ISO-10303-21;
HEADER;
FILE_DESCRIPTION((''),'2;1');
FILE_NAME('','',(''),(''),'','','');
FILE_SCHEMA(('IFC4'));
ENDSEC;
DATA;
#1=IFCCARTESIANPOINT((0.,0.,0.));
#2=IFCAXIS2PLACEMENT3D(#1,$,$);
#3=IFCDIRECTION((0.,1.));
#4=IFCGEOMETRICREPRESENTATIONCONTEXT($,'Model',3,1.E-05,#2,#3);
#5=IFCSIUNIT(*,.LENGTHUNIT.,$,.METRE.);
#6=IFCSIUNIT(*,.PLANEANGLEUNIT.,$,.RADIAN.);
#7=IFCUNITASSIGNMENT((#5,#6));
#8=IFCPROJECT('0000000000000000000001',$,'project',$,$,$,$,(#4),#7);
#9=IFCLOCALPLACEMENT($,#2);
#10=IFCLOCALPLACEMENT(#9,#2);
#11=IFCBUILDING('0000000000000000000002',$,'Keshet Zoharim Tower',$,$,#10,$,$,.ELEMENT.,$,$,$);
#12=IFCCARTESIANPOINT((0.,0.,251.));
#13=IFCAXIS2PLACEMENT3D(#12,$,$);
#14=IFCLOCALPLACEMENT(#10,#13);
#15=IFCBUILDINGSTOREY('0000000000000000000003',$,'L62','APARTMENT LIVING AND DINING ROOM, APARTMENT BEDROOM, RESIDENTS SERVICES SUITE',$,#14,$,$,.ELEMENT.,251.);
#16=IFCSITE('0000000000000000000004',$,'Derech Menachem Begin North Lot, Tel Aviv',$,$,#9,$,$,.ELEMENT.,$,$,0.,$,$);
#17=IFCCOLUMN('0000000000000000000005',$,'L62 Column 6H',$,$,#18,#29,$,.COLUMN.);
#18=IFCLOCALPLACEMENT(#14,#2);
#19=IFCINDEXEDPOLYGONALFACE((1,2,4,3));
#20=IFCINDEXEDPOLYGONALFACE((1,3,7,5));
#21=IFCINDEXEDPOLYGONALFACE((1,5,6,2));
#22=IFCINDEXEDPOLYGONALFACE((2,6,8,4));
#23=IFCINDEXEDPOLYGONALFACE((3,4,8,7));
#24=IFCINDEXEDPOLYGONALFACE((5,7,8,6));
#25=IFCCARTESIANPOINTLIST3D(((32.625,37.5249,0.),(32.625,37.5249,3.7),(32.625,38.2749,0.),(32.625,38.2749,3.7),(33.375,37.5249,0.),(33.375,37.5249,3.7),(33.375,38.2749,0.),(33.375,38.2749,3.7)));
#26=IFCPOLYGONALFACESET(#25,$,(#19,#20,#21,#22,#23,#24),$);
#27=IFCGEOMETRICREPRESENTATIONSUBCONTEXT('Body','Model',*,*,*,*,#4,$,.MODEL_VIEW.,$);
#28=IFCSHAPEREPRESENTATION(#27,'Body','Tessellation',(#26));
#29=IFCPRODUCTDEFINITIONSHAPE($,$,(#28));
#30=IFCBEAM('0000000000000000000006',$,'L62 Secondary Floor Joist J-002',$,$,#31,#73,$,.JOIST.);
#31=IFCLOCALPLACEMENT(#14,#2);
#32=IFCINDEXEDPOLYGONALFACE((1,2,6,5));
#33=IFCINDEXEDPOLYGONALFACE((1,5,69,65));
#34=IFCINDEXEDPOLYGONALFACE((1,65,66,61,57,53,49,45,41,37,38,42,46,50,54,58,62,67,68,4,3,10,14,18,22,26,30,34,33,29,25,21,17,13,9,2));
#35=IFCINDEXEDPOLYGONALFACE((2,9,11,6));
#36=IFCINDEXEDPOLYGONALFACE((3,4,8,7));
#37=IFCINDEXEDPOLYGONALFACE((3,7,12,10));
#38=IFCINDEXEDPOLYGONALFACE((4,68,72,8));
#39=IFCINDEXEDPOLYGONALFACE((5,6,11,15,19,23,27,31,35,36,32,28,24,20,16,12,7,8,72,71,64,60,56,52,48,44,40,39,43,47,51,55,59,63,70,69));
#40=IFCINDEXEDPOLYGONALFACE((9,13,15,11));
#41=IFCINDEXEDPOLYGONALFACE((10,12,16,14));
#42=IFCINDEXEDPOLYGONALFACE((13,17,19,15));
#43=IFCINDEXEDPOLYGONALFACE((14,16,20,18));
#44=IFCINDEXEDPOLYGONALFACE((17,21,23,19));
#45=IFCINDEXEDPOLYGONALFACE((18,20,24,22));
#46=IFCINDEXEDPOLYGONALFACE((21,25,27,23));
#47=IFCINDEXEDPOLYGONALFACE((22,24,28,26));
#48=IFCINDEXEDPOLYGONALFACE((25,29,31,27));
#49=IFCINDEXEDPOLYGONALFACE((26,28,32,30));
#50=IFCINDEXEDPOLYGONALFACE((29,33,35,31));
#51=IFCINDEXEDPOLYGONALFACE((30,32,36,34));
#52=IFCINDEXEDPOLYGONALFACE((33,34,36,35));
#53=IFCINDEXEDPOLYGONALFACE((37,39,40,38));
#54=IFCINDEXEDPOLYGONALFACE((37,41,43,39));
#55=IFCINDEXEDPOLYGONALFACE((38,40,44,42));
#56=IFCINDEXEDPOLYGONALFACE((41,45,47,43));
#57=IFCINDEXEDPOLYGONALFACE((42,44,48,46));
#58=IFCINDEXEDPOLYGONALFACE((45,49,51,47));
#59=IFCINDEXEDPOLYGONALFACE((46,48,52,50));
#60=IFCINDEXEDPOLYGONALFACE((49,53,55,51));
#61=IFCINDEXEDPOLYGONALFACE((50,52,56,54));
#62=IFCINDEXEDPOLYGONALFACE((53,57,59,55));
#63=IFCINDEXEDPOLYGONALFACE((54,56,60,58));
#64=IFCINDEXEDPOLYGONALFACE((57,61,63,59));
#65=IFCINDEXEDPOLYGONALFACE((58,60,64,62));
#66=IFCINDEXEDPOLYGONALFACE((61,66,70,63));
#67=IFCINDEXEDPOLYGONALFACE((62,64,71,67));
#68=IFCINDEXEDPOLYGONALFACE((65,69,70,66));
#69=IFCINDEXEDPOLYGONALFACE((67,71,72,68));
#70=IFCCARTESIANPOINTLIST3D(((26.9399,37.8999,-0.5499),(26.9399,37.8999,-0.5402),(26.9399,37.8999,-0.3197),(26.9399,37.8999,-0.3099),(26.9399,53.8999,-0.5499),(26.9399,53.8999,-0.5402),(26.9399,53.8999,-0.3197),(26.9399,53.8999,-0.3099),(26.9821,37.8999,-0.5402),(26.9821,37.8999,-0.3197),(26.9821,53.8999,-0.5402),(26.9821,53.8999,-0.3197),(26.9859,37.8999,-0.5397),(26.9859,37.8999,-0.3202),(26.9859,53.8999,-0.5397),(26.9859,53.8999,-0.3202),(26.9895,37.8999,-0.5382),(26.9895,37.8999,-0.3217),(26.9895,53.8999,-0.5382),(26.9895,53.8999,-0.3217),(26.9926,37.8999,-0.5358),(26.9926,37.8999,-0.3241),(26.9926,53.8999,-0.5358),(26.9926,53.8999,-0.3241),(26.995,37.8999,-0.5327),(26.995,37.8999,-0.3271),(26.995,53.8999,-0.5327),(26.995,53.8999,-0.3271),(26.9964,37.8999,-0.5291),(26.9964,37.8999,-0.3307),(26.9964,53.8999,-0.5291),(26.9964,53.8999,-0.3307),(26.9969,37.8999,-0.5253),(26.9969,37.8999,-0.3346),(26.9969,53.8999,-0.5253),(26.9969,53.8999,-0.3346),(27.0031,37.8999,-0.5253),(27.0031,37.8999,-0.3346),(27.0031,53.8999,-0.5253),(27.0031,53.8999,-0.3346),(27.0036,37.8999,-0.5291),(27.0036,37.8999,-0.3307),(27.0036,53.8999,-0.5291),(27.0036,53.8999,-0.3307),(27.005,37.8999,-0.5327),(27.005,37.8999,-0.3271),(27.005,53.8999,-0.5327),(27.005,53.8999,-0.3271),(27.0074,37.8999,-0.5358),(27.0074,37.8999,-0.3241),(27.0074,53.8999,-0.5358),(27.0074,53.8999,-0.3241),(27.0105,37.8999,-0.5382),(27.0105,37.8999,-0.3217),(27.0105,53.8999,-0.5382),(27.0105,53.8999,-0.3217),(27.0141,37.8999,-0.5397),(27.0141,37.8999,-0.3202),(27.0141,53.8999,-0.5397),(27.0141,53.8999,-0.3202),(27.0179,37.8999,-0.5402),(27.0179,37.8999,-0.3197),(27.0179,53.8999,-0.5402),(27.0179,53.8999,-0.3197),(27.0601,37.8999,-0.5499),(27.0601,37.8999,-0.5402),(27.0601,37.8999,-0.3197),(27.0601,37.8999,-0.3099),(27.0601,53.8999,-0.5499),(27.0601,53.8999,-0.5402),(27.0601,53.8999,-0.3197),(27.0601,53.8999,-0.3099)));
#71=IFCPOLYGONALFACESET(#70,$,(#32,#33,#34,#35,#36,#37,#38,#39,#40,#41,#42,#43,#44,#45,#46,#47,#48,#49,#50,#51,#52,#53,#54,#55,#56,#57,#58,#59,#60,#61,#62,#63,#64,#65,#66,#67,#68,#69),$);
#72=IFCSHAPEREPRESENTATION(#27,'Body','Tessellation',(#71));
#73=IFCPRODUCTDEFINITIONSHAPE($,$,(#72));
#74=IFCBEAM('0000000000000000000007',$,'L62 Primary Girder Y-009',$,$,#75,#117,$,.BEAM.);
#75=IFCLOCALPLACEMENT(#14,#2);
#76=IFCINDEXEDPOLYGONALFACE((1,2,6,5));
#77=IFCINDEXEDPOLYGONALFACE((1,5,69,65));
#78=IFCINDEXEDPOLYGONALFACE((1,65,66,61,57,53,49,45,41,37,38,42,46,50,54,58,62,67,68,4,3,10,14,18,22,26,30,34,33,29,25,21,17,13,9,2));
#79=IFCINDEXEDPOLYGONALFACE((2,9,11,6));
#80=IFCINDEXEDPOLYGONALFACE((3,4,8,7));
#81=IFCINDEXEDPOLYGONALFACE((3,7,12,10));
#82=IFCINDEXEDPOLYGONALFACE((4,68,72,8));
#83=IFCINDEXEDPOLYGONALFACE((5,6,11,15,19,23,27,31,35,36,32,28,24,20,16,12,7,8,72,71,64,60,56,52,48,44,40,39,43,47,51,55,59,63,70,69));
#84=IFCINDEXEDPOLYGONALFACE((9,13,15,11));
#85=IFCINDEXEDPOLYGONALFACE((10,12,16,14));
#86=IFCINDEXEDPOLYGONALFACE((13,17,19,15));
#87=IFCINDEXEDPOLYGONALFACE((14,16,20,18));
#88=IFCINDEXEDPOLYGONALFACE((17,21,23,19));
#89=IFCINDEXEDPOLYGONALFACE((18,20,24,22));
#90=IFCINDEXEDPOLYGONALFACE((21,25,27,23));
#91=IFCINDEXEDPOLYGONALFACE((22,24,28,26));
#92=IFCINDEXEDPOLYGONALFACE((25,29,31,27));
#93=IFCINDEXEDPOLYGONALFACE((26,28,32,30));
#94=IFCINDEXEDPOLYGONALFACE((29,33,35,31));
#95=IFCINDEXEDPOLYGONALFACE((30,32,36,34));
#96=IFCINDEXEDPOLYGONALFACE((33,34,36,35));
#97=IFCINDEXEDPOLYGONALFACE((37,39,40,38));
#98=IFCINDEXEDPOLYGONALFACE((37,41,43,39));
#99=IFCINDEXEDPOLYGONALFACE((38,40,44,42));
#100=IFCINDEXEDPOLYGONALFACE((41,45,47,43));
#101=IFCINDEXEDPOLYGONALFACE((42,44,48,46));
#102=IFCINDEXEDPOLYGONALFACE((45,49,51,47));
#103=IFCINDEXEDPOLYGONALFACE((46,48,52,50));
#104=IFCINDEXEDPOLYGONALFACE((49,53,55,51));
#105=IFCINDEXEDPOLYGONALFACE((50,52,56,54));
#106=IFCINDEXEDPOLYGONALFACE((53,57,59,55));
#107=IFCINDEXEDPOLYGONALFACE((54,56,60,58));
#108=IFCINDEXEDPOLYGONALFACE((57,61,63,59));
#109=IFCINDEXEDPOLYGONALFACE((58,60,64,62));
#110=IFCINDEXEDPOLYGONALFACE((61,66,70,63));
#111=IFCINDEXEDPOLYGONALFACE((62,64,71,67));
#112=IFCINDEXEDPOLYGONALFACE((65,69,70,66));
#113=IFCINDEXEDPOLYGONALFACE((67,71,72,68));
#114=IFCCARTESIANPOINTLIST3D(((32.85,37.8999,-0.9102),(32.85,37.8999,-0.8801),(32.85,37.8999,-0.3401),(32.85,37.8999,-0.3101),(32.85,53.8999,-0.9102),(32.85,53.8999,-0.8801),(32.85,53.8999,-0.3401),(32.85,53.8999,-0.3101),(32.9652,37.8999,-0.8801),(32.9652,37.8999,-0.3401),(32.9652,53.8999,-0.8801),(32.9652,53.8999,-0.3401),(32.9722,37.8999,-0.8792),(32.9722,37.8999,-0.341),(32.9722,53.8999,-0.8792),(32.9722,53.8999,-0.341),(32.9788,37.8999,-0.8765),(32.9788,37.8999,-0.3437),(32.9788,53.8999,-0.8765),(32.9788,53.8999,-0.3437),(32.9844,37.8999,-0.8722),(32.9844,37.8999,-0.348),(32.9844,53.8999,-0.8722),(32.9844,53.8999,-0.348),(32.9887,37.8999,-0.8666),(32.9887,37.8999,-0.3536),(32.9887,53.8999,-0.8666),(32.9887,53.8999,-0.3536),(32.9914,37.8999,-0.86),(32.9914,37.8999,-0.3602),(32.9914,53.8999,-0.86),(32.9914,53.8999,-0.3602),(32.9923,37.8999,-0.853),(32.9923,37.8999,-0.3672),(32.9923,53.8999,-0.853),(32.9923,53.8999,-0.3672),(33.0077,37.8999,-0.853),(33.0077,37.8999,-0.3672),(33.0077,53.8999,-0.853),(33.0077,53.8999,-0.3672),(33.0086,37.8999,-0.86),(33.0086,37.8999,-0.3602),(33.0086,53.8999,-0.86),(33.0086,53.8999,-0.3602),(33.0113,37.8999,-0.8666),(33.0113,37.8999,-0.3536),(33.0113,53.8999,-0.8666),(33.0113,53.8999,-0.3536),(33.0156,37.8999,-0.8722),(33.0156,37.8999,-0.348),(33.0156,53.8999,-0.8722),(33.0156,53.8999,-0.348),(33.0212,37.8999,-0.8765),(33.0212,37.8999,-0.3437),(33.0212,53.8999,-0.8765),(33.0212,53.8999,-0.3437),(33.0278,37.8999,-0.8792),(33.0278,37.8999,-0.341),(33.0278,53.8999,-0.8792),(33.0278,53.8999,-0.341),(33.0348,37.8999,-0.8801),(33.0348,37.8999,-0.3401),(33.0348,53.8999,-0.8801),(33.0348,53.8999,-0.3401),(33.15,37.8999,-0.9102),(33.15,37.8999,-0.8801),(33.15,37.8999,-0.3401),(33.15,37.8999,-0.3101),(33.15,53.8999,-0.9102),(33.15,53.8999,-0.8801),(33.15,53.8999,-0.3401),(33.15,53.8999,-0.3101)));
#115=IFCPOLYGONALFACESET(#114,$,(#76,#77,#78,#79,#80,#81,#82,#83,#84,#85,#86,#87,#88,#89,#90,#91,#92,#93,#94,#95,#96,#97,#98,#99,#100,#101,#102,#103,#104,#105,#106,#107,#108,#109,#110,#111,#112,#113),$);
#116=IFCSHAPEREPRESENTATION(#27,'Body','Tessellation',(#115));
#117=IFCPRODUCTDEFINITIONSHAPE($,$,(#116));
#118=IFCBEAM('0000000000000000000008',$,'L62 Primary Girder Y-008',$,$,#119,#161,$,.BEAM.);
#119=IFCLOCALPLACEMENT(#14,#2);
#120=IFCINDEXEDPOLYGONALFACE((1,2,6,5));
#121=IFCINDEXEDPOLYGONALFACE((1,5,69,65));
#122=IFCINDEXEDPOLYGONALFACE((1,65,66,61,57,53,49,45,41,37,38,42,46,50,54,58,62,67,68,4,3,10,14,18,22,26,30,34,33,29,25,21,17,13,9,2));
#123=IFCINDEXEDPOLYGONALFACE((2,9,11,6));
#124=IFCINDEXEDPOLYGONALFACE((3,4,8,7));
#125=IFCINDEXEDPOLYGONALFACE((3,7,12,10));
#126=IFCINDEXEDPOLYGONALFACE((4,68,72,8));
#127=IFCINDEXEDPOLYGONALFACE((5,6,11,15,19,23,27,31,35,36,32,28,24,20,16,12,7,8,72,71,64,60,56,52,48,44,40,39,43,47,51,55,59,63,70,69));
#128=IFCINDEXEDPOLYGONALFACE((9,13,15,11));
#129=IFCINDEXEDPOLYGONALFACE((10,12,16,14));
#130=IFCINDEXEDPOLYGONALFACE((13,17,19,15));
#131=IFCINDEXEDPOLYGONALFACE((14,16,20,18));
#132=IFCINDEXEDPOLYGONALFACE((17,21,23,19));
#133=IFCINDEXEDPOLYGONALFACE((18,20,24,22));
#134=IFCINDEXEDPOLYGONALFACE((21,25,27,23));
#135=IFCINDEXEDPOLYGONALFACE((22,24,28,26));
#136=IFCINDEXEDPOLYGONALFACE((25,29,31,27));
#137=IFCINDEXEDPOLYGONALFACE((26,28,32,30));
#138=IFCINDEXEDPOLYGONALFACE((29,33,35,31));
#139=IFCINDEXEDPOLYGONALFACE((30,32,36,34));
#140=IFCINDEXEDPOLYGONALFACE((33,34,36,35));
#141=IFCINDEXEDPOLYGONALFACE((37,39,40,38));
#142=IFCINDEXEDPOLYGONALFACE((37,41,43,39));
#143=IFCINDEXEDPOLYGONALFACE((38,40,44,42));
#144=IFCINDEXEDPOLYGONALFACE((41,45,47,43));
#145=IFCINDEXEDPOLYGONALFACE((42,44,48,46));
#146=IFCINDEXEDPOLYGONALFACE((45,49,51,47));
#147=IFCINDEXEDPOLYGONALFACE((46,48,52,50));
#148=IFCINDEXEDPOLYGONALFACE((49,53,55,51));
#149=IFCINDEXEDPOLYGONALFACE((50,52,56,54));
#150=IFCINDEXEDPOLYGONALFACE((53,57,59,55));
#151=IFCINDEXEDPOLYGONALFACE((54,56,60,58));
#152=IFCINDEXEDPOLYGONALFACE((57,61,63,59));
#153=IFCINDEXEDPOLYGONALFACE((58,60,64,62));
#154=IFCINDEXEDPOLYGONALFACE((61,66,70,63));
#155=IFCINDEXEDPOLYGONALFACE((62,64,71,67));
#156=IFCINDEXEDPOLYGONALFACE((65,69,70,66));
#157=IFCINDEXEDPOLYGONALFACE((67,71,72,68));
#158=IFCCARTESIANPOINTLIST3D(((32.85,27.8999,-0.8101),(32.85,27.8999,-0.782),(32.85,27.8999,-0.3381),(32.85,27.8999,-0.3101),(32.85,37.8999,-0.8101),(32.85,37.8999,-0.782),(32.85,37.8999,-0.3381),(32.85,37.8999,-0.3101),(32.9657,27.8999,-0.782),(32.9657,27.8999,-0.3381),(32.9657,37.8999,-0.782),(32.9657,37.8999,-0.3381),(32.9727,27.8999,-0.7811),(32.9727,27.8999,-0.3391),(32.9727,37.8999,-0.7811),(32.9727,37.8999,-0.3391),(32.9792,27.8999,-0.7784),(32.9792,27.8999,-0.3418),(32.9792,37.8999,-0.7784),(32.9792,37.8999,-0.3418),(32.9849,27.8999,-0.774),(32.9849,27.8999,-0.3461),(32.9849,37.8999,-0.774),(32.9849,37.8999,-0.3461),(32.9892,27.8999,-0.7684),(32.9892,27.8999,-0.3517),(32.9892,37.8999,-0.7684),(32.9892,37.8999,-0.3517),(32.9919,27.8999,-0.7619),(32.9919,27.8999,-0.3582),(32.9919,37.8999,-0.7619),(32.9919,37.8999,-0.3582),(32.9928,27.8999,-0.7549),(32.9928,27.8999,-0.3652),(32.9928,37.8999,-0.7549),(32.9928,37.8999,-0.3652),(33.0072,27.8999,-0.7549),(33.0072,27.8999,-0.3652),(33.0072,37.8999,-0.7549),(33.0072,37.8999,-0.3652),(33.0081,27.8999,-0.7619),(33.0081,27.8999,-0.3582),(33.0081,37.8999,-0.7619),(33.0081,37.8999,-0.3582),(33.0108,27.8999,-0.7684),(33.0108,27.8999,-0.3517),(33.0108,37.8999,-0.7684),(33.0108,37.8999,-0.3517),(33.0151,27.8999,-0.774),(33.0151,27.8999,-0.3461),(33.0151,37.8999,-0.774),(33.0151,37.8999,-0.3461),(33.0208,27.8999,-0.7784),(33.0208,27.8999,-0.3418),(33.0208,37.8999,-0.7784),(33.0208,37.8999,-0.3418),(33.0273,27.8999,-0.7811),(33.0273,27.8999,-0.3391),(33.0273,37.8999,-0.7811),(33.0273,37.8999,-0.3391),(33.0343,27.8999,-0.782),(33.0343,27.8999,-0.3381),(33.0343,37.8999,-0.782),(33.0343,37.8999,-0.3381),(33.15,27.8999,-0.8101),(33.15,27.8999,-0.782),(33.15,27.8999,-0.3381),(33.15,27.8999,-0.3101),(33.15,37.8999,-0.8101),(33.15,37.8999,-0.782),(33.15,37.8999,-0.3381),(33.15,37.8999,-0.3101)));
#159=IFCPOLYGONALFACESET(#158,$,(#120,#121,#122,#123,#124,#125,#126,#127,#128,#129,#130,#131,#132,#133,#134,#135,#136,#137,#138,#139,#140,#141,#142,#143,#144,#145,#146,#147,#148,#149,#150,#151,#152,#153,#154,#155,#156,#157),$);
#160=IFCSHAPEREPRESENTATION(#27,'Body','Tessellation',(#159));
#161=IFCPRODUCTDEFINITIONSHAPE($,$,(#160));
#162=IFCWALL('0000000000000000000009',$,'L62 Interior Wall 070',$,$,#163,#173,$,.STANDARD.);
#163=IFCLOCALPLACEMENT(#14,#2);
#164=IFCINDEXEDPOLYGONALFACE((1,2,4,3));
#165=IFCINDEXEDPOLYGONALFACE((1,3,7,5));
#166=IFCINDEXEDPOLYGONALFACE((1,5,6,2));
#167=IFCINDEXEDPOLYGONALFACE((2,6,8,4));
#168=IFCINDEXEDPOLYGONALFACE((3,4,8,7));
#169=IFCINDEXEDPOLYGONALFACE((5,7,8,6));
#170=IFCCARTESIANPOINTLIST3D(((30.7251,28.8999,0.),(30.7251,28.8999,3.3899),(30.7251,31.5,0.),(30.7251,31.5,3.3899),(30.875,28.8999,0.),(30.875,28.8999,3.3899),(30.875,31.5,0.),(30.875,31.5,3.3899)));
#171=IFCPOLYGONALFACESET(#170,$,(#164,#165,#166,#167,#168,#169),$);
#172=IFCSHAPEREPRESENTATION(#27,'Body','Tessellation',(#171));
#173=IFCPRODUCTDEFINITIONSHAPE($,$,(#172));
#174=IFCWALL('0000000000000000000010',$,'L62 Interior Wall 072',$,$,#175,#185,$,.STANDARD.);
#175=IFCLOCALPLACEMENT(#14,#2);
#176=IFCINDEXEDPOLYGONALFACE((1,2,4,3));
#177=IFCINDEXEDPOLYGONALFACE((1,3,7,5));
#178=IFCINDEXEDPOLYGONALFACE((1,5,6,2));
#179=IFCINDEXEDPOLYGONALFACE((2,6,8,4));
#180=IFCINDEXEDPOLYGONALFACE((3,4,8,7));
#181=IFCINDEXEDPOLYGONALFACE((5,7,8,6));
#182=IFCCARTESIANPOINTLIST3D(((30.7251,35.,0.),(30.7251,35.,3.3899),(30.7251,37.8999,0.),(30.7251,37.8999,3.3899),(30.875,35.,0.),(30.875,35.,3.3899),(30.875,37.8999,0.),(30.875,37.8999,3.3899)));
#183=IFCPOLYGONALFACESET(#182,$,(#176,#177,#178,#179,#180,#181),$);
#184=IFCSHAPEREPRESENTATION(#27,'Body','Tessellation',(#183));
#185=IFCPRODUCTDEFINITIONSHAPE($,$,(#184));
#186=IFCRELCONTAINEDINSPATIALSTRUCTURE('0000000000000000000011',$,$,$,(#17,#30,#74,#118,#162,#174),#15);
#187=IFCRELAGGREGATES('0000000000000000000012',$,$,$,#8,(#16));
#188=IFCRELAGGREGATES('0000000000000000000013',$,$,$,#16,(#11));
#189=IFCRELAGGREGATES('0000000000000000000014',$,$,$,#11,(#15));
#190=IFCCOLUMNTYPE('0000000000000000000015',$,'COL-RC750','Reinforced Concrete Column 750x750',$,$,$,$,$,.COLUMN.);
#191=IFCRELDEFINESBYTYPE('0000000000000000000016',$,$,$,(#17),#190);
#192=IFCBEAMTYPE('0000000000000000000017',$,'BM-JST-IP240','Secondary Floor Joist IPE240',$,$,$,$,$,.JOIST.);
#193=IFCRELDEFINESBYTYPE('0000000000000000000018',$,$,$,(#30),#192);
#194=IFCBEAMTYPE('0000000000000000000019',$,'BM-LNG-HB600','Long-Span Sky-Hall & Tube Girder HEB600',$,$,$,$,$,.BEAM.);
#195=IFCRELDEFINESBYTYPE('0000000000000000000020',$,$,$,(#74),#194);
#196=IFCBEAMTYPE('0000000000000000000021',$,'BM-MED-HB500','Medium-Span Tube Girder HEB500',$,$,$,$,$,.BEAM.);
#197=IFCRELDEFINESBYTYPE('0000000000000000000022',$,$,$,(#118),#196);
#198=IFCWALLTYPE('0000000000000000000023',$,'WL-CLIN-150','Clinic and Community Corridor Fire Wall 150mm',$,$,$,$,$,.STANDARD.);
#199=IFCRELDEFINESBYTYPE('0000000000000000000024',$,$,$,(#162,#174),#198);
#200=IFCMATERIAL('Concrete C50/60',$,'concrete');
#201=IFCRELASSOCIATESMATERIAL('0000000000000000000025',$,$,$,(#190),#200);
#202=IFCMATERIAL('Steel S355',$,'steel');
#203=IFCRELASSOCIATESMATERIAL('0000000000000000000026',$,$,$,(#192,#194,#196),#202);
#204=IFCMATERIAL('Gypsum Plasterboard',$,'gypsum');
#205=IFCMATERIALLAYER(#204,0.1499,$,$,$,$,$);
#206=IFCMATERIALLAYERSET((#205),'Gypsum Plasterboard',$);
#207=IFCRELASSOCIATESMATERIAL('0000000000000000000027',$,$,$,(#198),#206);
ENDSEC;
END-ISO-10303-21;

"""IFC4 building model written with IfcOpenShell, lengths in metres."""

from ifc_helpers import new_model, si_unit, direction, frame, frame_2d, origin, origin_2d, place, context, subcontext, project, spatial, rectangle, i_section, extrude, material, layer, layer_set, material_profile, profile_set, type_object, element, save


model = new_model("IFC4")

# Units and contexts
model_context = context("Model", 3, precision=1e-05, world=origin(), true_north=direction((0.0, 1.0)))
body_context = subcontext(model_context, "Body", "Model", "MODEL_VIEW")
ifc_project = project(units=[si_unit("LENGTHUNIT", "METRE"), si_unit("PLANEANGLEUNIT", "RADIAN")], contexts=[model_context])

# Site, building, storey
site_placement = place(None, origin())
site = spatial("IfcSite", under=ifc_project, at=site_placement, Name="Derech Menachem Begin North Lot, Tel Aviv", CompositionType="ELEMENT", RefElevation=0.0)
building_placement = place(site_placement, origin())
building = spatial("IfcBuilding", under=site, at=building_placement, Name="Keshet Zoharim Tower", CompositionType="ELEMENT")
storey_placement = place(building_placement, frame((0.0, 0.0, 251.0)))
storey = spatial("IfcBuildingStorey", under=building, at=storey_placement, Name="L62", Description="APARTMENT LIVING AND DINING ROOM, APARTMENT BEDROOM, RESIDENTS SERVICES SUITE", CompositionType="ELEMENT", Elevation=251.0)

# Column
ifc_material_1 = material(Name="Concrete C50/60", Category="concrete")
ifc_material_profile_1 = material_profile(ifc_material_1, rectangle(XDim=0.75, YDim=0.75, at=origin_2d()), Name="RC750x750")
ifc_profile_set_1 = profile_set([ifc_material_profile_1], Name="Concrete C50/60")
column_type = type_object("IfcColumnType", Name="COL-RC750", Description="Reinforced Concrete Column 750x750", PredefinedType="COLUMN", material=ifc_profile_set_1)
column_placement = place(storey_placement, frame((33.0, 37.8999, 0.0), z_axis=(0.0, 0.0, 1.0), x_axis=(1.0, 0.0, 0.0)))
element("IfcColumn", 1, at=column_placement, inside=storey, type_object=column_type, Name="L62 Column 6H", PredefinedType="COLUMN", context=body_context, shape_type="SweptSolid", body=[
    extrude(rectangle(XDim=0.75, YDim=0.75, at=origin_2d()), origin(), (0.0, 0.0, 1.0), 3.7),
])

# Beams
ifc_material_2 = material(Name="Steel S355", Category="steel")
ifc_material_profile_2 = material_profile(ifc_material_2, i_section(OverallWidth=0.1201, OverallDepth=0.24, WebThickness=0.0061, FlangeThickness=0.0098, FilletRadius=0.0149, at=origin_2d()), Name="IPE240")
ifc_profile_set_2 = profile_set([ifc_material_profile_2], Name="Steel S355")
beam_type_1 = type_object("IfcBeamType", Name="BM-JST-IP240", Description="Secondary Floor Joist IPE240", PredefinedType="JOIST", material=ifc_profile_set_2)
beam_1_placement = place(storey_placement, frame((27.0, 37.8999, -0.4299), z_axis=(0.0, 1.0, 0.0), x_axis=(-1.0, 0.0, 0.0)))
element("IfcBeam", 2, at=beam_1_placement, inside=storey, type_object=beam_type_1, Name="L62 Secondary Floor Joist J-002", PredefinedType="JOIST", context=body_context, shape_type="SweptSolid", body=[
    extrude(i_section(OverallWidth=0.1201, OverallDepth=0.24, WebThickness=0.0061, FlangeThickness=0.0098, FilletRadius=0.0149, at=origin_2d()), origin(), (0.0, 0.0, 1.0), 16.0),
])
ifc_material_profile_3 = material_profile(ifc_material_2, i_section(OverallWidth=0.3, OverallDepth=0.6001, WebThickness=0.0154, FlangeThickness=0.03, FilletRadius=0.0271, at=origin_2d()), Name="HEB600")
ifc_profile_set_3 = profile_set([ifc_material_profile_3], Name="Steel S355")
beam_type_2 = type_object("IfcBeamType", Name="BM-LNG-HB600", Description="Long-Span Sky-Hall & Tube Girder HEB600", PredefinedType="BEAM", material=ifc_profile_set_3)
beam_2_placement = place(storey_placement, frame((33.0, 37.8999, -0.6101), z_axis=(0.0, 1.0, 0.0), x_axis=(-1.0, 0.0, 0.0)))
element("IfcBeam", 3, at=beam_2_placement, inside=storey, type_object=beam_type_2, Name="L62 Primary Girder Y-009", PredefinedType="BEAM", context=body_context, shape_type="SweptSolid", body=[
    extrude(i_section(OverallWidth=0.3, OverallDepth=0.6001, WebThickness=0.0154, FlangeThickness=0.03, FilletRadius=0.0271, at=origin_2d()), origin(), (0.0, 0.0, 1.0), 16.0),
])
ifc_material_profile_4 = material_profile(ifc_material_2, i_section(OverallWidth=0.3, OverallDepth=0.5, WebThickness=0.0144, FlangeThickness=0.0281, FilletRadius=0.0271, at=origin_2d()), Name="HEB500")
ifc_profile_set_4 = profile_set([ifc_material_profile_4], Name="Steel S355")
beam_type_3 = type_object("IfcBeamType", Name="BM-MED-HB500", Description="Medium-Span Tube Girder HEB500", PredefinedType="BEAM", material=ifc_profile_set_4)
beam_3_placement = place(storey_placement, frame((33.0, 27.8999, -0.5601), z_axis=(0.0, 1.0, 0.0), x_axis=(-1.0, 0.0, 0.0)))
element("IfcBeam", 4, at=beam_3_placement, inside=storey, type_object=beam_type_3, Name="L62 Primary Girder Y-008", PredefinedType="BEAM", context=body_context, shape_type="SweptSolid", body=[
    extrude(i_section(OverallWidth=0.3, OverallDepth=0.5, WebThickness=0.0144, FlangeThickness=0.0281, FilletRadius=0.0271, at=origin_2d()), origin(), (0.0, 0.0, 1.0), 10.0),
])

# Walls
ifc_material_3 = material(Name="Gypsum Plasterboard", Category="gypsum")
ifc_layer_1 = layer(ifc_material_3, 0.1499)
ifc_layer_set_1 = layer_set([ifc_layer_1], Name="Gypsum Plasterboard")
wall_type_1 = type_object("IfcWallType", Name="WL-CLIN-150", Description="Clinic and Community Corridor Fire Wall 150mm", PredefinedType="STANDARD", material=ifc_layer_set_1)
wall_1_placement = place(storey_placement, frame((30.8, 28.8999, 0.0), z_axis=(0.0, 0.0, 1.0), x_axis=(0.0, 1.0, 0.0)))
element("IfcWall", 5, at=wall_1_placement, inside=storey, type_object=wall_type_1, Name="L62 Interior Wall 070", PredefinedType="STANDARD", context=body_context, shape_type="SweptSolid", body=[
    extrude(rectangle(XDim=2.6001, YDim=0.1499, at=frame_2d((1.3, 0.0))), origin(), (0.0, 0.0, 1.0), 3.3899),
])
wall_2_placement = place(storey_placement, frame((30.8, 35.0, 0.0), z_axis=(0.0, 0.0, 1.0), x_axis=(0.0, 1.0, 0.0)))
element("IfcWall", 6, at=wall_2_placement, inside=storey, type_object=wall_type_1, Name="L62 Interior Wall 072", PredefinedType="STANDARD", context=body_context, shape_type="SweptSolid", body=[
    extrude(rectangle(XDim=2.8999, YDim=0.1499, at=frame_2d((1.45, 0.0))), origin(), (0.0, 0.0, 1.0), 3.3899),
])

save(model, "model.ifc")
